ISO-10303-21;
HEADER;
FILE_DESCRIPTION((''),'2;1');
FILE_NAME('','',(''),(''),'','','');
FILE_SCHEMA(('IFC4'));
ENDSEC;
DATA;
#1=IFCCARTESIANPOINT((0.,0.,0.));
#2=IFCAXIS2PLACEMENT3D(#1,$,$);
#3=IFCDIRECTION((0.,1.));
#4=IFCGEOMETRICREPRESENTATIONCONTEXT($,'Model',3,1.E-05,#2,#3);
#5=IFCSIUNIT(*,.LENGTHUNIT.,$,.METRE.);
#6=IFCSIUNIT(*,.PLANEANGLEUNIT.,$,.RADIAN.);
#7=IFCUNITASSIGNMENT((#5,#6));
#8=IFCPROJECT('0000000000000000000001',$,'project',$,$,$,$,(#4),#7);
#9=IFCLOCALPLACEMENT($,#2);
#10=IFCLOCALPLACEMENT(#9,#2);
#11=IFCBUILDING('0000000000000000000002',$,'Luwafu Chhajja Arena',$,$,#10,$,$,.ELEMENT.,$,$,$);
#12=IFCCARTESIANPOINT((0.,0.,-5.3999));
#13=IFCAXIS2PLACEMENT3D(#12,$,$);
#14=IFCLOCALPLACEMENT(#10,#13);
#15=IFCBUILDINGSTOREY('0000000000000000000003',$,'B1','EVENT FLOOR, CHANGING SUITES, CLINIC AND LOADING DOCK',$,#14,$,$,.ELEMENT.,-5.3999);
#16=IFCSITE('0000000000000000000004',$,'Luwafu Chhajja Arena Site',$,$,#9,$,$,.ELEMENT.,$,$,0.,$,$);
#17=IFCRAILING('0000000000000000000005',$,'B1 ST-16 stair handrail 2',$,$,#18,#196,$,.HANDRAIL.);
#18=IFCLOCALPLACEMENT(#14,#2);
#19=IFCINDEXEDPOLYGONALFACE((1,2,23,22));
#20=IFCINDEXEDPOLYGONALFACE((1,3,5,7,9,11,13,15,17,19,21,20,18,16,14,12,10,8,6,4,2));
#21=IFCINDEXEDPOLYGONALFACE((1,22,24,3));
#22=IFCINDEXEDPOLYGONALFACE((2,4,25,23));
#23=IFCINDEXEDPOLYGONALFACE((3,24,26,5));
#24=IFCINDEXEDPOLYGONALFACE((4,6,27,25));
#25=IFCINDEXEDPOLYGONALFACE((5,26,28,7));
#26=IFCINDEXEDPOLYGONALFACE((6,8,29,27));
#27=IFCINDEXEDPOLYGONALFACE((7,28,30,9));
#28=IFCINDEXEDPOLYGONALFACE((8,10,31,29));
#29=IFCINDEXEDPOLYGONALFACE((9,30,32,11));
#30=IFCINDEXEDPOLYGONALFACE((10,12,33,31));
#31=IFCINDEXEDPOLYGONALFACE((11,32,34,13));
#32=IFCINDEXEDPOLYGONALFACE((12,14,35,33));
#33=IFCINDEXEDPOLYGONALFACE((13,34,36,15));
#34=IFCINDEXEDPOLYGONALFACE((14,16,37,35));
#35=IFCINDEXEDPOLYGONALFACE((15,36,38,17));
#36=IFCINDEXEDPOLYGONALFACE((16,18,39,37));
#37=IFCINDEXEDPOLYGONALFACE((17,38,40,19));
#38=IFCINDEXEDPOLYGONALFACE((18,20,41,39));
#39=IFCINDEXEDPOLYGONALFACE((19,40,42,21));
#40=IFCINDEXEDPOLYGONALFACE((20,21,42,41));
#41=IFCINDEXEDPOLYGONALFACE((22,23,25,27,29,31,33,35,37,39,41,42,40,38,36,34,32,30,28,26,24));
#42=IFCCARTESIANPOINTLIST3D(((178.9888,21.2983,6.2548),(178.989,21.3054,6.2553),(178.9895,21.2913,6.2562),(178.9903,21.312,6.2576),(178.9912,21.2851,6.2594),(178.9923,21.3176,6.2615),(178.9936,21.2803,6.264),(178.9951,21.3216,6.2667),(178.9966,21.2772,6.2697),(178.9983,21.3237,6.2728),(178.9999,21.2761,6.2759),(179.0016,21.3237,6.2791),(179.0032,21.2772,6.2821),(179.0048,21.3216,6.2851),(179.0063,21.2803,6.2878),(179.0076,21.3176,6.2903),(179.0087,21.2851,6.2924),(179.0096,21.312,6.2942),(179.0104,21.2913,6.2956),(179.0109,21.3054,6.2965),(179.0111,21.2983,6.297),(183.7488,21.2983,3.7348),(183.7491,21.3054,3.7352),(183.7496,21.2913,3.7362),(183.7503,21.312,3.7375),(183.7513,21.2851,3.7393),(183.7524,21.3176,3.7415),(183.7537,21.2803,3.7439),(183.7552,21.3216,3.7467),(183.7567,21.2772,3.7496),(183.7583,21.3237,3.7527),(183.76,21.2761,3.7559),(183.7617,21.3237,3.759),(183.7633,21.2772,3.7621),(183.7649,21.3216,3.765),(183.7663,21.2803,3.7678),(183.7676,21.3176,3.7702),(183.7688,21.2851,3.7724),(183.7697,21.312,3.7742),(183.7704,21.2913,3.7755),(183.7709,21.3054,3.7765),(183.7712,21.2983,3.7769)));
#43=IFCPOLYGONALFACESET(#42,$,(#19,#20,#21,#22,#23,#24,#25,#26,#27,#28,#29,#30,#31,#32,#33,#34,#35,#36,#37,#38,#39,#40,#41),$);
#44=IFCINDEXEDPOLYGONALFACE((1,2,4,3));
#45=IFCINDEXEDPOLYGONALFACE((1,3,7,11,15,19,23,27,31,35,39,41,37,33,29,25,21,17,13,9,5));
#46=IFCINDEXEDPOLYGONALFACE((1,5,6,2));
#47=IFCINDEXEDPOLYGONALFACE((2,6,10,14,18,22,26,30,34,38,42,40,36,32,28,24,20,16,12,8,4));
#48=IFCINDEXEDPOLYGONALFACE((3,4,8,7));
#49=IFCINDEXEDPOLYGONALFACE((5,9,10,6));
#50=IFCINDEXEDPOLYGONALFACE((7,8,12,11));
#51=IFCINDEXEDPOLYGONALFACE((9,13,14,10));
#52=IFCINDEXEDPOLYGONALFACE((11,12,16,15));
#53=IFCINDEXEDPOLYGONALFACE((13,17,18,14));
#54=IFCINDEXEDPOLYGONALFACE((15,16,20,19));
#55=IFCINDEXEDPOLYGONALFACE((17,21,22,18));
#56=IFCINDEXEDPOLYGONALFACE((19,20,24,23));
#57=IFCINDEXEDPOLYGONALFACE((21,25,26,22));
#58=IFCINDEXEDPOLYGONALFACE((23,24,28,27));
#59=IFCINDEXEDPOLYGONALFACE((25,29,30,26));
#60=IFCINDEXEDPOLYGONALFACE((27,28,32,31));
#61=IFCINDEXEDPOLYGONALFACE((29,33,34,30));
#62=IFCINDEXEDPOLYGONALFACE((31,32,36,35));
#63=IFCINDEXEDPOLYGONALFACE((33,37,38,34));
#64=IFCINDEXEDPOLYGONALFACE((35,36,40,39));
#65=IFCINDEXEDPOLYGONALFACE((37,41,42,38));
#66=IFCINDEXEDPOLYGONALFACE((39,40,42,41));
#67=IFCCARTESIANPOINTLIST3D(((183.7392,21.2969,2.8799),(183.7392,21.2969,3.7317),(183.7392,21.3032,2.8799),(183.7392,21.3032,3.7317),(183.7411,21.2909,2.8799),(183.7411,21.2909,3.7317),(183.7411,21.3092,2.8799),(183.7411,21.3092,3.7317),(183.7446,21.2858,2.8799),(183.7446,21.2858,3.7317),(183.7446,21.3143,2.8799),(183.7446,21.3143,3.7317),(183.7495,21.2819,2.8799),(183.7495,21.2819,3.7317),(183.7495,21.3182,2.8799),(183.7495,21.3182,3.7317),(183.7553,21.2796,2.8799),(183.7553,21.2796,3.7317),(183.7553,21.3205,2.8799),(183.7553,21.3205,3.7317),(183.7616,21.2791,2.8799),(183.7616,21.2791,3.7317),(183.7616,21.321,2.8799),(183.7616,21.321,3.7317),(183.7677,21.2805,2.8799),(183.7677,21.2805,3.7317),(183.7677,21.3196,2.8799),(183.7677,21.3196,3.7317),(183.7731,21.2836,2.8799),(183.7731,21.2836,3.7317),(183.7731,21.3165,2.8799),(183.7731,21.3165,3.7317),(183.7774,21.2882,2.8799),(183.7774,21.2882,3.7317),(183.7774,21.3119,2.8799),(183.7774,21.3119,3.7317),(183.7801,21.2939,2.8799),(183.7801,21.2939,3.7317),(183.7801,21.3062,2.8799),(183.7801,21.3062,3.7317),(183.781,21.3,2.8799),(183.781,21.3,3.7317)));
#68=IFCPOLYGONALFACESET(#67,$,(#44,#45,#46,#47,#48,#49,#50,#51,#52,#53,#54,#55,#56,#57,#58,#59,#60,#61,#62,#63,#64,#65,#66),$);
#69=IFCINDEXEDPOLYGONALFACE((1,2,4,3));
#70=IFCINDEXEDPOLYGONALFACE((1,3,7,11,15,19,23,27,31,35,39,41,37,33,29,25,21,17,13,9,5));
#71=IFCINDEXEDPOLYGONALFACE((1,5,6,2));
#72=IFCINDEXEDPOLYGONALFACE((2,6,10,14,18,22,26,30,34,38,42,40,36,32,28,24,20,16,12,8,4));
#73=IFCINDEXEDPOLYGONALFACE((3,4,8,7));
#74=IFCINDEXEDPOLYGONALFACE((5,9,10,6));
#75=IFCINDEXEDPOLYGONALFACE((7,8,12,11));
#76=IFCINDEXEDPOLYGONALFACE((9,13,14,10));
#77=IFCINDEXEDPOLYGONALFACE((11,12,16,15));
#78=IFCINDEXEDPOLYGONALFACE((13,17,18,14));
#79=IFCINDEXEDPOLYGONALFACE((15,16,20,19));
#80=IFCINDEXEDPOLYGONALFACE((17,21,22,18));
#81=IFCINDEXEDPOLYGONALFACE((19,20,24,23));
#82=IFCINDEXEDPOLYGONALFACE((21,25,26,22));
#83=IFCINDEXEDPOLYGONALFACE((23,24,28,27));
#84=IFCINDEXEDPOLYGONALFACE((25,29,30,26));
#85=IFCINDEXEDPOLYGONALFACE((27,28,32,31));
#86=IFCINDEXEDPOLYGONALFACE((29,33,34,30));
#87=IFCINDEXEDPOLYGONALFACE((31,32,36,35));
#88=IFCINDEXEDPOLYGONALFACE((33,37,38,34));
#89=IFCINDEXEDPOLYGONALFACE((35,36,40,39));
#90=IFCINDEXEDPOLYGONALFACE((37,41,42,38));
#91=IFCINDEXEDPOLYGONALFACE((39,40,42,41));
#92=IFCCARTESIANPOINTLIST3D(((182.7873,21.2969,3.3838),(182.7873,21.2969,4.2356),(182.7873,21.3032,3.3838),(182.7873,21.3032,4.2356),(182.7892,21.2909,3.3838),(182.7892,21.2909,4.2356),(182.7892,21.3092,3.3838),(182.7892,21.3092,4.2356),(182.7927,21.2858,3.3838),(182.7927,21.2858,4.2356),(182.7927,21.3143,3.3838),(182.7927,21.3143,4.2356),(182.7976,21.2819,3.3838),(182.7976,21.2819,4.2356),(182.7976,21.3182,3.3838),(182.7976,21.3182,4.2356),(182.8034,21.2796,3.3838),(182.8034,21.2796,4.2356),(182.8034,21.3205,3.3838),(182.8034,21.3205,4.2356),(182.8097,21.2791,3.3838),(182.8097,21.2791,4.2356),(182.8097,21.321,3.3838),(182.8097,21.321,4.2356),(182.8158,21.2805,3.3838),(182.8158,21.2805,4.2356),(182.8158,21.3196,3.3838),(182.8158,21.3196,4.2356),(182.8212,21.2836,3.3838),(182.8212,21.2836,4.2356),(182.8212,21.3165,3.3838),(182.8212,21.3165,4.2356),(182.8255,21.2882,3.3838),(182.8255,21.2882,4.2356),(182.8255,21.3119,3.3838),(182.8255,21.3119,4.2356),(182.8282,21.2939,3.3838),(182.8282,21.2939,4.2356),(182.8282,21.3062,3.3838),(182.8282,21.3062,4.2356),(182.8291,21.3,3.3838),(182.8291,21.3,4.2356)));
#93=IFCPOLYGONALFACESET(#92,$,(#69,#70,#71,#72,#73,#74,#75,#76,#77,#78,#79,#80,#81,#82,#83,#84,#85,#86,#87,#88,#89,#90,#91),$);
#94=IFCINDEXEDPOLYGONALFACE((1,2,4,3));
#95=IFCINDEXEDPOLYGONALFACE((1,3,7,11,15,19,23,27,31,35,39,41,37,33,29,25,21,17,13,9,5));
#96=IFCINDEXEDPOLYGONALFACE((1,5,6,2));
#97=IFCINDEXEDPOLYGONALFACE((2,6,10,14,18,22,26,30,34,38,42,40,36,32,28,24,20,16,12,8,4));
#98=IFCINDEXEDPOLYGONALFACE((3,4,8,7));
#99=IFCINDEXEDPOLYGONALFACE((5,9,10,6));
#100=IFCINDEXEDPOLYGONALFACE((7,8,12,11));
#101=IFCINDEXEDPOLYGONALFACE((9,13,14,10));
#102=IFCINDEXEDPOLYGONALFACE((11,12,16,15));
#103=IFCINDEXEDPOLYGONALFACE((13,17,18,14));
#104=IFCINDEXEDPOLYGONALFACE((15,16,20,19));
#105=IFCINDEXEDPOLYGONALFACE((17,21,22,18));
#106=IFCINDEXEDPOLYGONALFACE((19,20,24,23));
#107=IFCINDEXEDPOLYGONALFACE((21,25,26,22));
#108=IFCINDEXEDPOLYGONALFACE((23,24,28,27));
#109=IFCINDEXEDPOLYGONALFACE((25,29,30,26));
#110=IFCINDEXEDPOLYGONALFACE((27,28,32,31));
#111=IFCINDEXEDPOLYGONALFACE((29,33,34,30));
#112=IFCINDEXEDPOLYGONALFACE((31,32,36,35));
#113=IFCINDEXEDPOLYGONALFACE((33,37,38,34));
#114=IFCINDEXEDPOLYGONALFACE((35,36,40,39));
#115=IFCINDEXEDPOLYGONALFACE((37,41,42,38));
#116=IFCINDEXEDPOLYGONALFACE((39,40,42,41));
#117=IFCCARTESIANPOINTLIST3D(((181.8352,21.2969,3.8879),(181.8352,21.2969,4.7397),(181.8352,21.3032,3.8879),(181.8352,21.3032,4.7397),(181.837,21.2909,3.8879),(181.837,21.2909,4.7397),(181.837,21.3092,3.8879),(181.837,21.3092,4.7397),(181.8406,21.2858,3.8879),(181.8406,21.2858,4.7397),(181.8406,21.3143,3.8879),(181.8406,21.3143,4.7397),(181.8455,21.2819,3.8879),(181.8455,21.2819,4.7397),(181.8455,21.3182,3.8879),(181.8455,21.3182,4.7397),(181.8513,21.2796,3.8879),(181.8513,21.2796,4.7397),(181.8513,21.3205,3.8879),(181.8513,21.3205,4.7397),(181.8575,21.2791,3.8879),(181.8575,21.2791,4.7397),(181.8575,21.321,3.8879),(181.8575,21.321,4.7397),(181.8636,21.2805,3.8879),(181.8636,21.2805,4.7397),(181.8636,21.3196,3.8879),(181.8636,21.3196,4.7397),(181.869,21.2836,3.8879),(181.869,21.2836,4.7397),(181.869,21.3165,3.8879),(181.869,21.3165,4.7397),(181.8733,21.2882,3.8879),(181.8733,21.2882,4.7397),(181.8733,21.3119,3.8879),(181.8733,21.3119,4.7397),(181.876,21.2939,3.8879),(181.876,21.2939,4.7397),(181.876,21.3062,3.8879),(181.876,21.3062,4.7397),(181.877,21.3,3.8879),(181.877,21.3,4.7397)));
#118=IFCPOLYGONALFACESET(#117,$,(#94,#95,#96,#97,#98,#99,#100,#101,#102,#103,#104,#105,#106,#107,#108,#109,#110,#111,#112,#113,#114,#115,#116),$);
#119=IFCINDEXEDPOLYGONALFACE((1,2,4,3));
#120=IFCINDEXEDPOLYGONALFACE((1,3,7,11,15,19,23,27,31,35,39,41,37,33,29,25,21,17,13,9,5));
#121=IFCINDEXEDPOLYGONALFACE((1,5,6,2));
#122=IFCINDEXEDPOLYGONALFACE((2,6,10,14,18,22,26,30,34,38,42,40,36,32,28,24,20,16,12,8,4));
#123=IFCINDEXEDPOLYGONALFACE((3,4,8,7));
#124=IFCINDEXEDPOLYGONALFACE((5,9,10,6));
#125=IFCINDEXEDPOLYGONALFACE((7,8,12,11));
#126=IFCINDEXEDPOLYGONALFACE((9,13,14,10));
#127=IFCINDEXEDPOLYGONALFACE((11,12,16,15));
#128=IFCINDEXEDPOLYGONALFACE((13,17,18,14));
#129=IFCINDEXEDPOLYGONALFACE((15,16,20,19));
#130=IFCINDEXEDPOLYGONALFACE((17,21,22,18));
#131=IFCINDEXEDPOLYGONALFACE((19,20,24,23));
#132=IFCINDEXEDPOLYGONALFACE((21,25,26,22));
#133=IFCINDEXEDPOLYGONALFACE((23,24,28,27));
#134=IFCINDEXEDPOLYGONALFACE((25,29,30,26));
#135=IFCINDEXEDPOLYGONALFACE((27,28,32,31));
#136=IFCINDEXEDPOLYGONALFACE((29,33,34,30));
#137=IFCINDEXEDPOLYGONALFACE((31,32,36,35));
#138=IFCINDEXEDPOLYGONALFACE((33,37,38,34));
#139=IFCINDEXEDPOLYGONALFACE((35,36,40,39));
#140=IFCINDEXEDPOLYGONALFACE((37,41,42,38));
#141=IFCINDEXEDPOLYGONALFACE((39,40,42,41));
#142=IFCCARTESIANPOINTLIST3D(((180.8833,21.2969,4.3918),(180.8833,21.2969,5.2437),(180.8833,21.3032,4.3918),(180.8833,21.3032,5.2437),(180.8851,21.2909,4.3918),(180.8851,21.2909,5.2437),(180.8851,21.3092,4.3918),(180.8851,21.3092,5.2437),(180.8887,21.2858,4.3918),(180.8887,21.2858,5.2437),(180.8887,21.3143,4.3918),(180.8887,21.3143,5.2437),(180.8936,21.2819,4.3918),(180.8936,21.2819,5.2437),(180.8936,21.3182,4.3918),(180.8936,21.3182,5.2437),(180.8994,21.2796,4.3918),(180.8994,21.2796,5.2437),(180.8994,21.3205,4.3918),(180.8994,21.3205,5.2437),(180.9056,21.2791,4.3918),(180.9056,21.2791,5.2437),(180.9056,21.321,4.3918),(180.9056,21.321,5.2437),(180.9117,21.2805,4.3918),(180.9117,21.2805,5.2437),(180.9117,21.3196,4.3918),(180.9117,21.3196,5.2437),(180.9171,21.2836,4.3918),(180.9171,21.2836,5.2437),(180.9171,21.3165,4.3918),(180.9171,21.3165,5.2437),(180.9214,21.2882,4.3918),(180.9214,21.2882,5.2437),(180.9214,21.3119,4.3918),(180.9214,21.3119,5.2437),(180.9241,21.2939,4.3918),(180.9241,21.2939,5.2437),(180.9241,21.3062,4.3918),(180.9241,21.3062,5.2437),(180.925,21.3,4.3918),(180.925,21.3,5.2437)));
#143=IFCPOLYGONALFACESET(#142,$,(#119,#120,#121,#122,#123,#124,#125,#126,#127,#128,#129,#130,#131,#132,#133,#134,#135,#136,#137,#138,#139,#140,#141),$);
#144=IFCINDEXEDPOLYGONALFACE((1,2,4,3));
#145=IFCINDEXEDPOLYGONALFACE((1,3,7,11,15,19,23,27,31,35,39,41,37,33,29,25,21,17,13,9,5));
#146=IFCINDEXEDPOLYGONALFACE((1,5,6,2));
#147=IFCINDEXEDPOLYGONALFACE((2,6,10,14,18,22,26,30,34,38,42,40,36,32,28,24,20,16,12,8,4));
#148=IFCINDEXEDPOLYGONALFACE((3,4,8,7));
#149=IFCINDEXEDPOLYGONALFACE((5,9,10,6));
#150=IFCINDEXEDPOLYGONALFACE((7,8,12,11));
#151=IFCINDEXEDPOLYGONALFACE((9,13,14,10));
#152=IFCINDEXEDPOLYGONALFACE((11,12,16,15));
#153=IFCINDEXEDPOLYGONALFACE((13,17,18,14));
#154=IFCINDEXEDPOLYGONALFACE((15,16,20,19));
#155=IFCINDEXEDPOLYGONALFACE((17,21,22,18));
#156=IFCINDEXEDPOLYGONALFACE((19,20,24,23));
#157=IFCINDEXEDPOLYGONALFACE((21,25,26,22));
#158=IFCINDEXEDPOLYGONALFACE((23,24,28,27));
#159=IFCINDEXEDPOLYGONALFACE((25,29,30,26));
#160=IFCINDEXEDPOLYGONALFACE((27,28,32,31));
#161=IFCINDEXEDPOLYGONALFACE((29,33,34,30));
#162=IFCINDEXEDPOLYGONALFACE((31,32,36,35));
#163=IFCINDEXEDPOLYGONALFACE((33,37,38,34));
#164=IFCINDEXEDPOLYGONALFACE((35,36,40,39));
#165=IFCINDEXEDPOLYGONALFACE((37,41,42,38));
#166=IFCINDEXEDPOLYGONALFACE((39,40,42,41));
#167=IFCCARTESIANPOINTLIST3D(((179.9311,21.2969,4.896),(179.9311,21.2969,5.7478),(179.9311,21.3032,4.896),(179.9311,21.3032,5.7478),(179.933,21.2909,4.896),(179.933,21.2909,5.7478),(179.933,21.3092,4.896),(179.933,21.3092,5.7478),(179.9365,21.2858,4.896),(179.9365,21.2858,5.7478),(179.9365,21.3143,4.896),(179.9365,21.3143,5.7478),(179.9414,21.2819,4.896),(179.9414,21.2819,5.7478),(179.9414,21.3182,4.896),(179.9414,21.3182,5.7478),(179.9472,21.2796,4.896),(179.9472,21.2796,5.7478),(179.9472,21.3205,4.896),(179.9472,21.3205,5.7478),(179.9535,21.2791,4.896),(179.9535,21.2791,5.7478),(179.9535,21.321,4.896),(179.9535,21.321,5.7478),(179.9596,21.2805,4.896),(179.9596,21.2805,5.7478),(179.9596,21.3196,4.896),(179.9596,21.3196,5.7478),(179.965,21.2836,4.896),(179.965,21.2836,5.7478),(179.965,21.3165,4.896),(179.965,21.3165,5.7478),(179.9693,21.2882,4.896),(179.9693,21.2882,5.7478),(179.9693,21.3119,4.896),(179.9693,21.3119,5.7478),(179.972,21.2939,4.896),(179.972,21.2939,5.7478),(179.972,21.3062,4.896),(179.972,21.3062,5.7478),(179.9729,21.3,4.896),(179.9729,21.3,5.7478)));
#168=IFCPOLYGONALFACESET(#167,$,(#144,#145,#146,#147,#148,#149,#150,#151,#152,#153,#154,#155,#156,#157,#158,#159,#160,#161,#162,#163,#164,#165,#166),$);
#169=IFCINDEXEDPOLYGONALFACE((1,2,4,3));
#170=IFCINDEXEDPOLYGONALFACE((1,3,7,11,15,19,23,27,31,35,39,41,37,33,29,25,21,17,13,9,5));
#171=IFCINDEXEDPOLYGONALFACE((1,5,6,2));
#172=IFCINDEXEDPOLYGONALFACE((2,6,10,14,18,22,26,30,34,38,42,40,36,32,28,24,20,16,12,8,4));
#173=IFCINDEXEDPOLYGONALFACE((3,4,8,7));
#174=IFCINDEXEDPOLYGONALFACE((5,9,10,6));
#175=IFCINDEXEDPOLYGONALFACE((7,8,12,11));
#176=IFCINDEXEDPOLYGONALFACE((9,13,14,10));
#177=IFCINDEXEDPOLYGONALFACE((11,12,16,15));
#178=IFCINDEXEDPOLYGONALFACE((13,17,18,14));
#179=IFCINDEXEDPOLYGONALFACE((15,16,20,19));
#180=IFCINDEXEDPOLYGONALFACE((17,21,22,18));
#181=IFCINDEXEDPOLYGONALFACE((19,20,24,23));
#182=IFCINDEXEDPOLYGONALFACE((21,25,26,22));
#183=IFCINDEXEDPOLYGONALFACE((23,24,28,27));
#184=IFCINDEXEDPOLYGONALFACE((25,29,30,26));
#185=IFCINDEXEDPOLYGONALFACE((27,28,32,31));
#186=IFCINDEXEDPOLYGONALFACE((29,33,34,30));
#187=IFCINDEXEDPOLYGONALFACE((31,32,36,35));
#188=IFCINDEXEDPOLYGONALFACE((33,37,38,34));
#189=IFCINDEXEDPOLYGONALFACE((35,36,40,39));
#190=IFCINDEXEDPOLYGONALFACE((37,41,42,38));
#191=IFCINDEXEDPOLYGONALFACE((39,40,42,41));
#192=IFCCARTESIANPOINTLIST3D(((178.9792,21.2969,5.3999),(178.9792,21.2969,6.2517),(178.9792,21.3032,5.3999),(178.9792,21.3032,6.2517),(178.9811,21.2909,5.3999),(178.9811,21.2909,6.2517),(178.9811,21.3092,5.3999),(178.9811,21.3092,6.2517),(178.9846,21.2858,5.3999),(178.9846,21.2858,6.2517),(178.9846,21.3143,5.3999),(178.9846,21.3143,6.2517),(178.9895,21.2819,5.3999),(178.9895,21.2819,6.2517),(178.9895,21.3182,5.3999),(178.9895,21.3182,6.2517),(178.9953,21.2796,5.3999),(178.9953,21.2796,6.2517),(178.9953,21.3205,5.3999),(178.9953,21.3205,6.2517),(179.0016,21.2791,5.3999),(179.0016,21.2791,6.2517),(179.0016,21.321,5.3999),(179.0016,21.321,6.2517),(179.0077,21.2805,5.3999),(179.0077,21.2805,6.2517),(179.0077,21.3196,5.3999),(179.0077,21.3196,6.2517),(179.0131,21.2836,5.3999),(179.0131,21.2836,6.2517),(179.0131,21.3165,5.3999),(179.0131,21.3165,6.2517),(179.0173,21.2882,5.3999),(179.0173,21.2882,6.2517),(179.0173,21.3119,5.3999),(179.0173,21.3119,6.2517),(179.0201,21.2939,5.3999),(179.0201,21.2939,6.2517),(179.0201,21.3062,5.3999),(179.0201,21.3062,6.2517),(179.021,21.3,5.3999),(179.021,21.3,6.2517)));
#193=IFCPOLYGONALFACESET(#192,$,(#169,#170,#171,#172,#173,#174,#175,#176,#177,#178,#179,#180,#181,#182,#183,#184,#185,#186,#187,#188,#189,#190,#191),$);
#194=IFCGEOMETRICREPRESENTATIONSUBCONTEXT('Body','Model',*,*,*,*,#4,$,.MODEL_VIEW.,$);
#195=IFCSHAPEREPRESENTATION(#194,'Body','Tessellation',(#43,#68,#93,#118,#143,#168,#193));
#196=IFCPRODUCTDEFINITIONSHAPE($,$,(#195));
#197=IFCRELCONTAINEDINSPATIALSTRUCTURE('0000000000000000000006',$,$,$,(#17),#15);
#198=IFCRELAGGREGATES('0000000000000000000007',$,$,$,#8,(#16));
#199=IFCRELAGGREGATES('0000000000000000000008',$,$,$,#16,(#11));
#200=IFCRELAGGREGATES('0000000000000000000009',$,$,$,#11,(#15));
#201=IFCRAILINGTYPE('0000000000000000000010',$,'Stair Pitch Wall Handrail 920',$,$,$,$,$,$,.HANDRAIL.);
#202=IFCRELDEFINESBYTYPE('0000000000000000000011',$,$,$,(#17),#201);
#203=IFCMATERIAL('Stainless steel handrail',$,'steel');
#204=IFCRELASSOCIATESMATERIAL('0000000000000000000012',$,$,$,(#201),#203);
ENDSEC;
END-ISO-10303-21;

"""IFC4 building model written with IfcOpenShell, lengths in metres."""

from ifc_helpers import new_model, si_unit, direction, frame, origin, origin_2d, place, context, subcontext, project, spatial, circle, extrude, material, type_object, element, save


model = new_model("IFC4")

# Units and contexts
model_context = context("Model", 3, precision=1e-05, world=origin(), true_north=direction((0.0, 1.0)))
body_context = subcontext(model_context, "Body", "Model", "MODEL_VIEW")
ifc_project = project(units=[si_unit("LENGTHUNIT", "METRE"), si_unit("PLANEANGLEUNIT", "RADIAN")], contexts=[model_context])

# Site, building, storey
site_placement = place(None, origin())
site = spatial("IfcSite", under=ifc_project, at=site_placement, Name="Luwafu Chhajja Arena Site", CompositionType="ELEMENT", RefElevation=0.0)
building_placement = place(site_placement, origin())
building = spatial("IfcBuilding", under=site, at=building_placement, Name="Luwafu Chhajja Arena", CompositionType="ELEMENT")
storey_placement = place(building_placement, frame((0.0, 0.0, -5.3999)))
storey = spatial("IfcBuildingStorey", under=building, at=storey_placement, Name="B1", Description="EVENT FLOOR, CHANGING SUITES, CLINIC AND LOADING DOCK", CompositionType="ELEMENT", Elevation=-5.3999)

# Railing
ifc_material_1 = material(Name="Stainless steel handrail", Category="steel")
railing_type_1 = type_object("IfcRailingType", Name="Stair Pitch Wall Handrail 920", PredefinedType="HANDRAIL", material=ifc_material_1)
railing_1_placement = place(storey_placement, frame((183.76, 21.3, 2.8799)))
element("IfcRailing", 1, at=railing_1_placement, inside=storey, type_object=railing_type_1, Name="B1 ST-16 stair handrail 2", PredefinedType="HANDRAIL", context=body_context, shape_type="SweptSolid", body=[
    extrude(circle(Radius=0.0239, at=origin_2d()), frame((0.0, 0.0, 0.876), z_axis=(-0.883787, 0.0, 0.46789), x_axis=(0.0, -1.0, 0.0)), (0.0, 0.0, 1.0), 5.386),
    extrude(circle(Radius=0.021, at=origin_2d()), origin(), (0.0, 0.0, 1.0), 0.8518),
    extrude(circle(Radius=0.021, at=origin_2d()), frame((-0.9519, 0.0, 0.5039)), (0.0, 0.0, 1.0), 0.8518),
    extrude(circle(Radius=0.021, at=origin_2d()), frame((-1.9041, 0.0, 1.0081)), (0.0, 0.0, 1.0), 0.8518),
    extrude(circle(Radius=0.021, at=origin_2d()), frame((-2.856, 0.0, 1.512)), (0.0, 0.0, 1.0), 0.8518),
    extrude(circle(Radius=0.021, at=origin_2d()), frame((-3.8081, 0.0, 2.0161)), (0.0, 0.0, 1.0), 0.8518),
    extrude(circle(Radius=0.021, at=origin_2d()), frame((-4.76, 0.0, 2.52)), (0.0, 0.0, 1.0), 0.8518),
])

save(model, "model.ifc")
